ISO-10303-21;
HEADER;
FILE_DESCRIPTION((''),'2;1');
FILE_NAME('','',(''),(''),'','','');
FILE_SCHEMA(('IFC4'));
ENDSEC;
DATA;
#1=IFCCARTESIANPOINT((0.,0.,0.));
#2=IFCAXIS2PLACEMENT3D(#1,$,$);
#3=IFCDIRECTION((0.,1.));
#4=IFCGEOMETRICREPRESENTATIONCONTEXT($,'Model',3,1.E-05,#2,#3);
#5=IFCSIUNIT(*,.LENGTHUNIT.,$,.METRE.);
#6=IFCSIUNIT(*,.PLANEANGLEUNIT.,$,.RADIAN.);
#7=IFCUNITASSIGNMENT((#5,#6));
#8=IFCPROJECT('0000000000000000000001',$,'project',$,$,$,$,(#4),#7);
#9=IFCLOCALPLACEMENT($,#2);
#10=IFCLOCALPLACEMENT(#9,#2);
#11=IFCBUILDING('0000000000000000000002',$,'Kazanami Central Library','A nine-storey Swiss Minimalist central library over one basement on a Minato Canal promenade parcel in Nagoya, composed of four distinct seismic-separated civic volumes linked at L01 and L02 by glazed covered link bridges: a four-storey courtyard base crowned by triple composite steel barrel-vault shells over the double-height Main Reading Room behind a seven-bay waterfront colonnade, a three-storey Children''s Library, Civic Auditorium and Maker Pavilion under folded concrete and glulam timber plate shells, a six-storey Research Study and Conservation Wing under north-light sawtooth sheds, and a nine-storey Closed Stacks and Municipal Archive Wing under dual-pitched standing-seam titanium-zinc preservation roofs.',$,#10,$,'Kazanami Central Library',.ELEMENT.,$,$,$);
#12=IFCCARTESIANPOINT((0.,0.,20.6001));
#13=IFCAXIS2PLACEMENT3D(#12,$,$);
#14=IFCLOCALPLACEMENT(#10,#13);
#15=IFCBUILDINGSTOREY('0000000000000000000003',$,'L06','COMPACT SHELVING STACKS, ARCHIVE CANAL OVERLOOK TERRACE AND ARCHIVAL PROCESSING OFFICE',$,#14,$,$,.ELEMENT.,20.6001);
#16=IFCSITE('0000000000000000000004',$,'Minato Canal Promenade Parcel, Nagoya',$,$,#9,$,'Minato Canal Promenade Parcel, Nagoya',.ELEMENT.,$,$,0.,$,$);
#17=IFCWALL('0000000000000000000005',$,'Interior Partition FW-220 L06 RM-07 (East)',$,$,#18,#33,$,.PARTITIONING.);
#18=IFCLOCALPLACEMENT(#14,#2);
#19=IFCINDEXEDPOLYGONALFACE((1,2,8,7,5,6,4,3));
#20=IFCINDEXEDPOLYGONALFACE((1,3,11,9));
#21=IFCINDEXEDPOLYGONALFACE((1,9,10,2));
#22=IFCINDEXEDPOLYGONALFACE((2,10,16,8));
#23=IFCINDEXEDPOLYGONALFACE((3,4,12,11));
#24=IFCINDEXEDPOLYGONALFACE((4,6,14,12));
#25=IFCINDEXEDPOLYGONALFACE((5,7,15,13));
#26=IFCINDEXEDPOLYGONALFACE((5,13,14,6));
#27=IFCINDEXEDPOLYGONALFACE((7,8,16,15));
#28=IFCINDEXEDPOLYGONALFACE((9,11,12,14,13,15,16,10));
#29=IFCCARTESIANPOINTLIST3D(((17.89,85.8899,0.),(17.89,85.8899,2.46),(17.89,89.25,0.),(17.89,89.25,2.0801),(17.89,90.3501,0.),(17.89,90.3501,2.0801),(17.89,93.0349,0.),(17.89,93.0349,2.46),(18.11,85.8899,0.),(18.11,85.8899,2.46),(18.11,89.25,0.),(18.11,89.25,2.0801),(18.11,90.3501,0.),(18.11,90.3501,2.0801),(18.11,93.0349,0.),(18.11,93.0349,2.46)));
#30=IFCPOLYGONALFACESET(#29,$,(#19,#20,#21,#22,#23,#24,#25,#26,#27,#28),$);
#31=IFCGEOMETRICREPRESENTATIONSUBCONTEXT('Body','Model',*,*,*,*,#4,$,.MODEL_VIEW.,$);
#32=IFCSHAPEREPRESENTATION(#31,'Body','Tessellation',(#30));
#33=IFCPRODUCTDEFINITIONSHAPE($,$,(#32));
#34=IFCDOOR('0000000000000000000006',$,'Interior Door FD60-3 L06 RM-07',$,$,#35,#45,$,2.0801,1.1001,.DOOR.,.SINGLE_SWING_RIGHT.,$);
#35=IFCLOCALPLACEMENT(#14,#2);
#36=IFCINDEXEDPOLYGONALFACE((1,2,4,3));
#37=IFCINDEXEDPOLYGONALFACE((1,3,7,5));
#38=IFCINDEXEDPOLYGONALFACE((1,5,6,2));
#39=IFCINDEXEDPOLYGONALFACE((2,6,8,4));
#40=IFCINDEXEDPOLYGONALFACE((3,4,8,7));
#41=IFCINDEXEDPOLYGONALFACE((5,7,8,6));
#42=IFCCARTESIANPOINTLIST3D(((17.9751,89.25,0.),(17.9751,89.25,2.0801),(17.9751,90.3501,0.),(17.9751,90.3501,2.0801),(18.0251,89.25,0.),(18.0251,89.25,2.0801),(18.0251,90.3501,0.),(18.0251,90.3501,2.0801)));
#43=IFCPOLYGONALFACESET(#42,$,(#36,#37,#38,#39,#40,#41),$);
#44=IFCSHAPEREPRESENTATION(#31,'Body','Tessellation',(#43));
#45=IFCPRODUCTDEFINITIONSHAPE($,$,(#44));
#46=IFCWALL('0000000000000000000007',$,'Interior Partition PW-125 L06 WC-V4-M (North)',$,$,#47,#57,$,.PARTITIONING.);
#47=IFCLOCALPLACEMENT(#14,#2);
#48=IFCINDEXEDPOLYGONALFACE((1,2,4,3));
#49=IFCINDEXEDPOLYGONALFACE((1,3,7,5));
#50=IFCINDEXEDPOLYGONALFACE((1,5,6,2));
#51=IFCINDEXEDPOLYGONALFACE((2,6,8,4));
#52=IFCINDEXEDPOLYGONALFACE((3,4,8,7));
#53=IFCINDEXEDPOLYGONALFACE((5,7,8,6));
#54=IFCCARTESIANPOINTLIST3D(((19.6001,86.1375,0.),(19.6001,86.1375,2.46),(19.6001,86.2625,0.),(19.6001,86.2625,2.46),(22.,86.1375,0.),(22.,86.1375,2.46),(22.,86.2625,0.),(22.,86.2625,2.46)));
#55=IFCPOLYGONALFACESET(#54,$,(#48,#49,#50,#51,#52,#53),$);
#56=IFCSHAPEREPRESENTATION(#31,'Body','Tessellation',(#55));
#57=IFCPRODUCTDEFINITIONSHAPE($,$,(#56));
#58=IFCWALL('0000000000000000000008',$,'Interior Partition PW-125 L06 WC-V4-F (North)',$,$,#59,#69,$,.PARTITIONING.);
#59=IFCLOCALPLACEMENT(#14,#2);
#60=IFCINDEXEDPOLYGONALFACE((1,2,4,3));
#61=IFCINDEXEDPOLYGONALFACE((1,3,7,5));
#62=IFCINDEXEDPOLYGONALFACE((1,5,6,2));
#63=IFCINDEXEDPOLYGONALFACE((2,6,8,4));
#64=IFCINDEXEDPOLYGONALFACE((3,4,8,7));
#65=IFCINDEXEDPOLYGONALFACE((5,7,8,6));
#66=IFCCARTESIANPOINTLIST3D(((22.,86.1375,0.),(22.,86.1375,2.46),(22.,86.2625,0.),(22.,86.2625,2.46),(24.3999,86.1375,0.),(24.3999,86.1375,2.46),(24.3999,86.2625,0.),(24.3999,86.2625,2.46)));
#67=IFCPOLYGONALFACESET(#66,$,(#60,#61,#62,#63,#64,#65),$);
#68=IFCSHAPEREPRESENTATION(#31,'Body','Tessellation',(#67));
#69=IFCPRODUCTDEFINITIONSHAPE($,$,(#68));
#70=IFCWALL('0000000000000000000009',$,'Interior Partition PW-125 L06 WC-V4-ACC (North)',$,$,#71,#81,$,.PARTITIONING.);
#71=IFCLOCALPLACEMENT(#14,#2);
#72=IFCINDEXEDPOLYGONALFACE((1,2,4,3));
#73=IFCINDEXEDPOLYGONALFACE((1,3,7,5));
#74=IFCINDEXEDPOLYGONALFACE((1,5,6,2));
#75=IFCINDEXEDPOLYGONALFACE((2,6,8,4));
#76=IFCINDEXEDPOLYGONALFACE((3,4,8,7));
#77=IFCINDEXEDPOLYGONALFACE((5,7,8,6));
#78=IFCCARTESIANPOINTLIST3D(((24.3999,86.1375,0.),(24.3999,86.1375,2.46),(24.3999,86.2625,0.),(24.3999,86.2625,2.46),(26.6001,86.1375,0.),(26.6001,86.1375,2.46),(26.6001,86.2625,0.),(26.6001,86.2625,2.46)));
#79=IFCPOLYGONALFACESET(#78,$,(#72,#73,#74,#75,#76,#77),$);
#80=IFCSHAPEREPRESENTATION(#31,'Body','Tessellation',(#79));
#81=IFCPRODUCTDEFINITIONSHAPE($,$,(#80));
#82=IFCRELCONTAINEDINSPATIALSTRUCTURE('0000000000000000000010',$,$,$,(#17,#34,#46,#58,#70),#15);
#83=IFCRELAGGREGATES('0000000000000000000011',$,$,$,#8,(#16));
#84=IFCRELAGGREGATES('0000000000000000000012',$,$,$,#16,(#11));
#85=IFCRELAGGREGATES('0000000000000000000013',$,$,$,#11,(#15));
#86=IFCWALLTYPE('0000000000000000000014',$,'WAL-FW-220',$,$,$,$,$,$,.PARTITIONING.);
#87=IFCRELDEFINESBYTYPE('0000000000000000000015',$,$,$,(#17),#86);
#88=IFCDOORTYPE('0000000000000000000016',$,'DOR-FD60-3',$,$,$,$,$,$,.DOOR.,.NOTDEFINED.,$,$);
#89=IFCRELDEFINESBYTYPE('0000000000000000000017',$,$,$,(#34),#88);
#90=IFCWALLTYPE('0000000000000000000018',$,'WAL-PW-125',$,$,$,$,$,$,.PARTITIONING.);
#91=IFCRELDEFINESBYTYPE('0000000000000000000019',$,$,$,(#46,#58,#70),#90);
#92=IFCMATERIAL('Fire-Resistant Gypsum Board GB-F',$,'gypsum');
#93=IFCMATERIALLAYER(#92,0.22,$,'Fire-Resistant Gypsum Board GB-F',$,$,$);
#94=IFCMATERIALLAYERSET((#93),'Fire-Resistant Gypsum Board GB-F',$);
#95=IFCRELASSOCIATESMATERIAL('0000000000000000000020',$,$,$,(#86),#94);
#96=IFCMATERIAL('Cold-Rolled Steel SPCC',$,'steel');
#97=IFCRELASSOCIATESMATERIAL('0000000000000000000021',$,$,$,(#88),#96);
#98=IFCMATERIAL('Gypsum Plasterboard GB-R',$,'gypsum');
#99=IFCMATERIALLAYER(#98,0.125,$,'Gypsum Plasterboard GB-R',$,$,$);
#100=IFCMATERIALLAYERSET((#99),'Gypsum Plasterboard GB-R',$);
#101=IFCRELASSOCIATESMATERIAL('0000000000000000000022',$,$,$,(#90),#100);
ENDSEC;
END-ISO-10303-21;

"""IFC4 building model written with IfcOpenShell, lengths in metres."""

from ifc_helpers import new_model, si_unit, direction, frame, frame_2d, origin, place, context, subcontext, project, spatial, rectangle, extrude, material, layer, layer_set, type_object, element, fill, save


model = new_model("IFC4")

# Units and contexts
model_context = context("Model", 3, precision=1e-05, world=origin(), true_north=direction((0.0, 1.0)))
body_context = subcontext(model_context, "Body", "Model", "MODEL_VIEW")
ifc_project = project(units=[si_unit("LENGTHUNIT", "METRE"), si_unit("PLANEANGLEUNIT", "RADIAN")], contexts=[model_context])

# Site, building, storey
site_placement = place(None, origin())
site = spatial("IfcSite", under=ifc_project, at=site_placement, Name="Minato Canal Promenade Parcel, Nagoya", LongName="Minato Canal Promenade Parcel, Nagoya", CompositionType="ELEMENT", RefElevation=0.0)
building_placement = place(site_placement, origin())
building = spatial("IfcBuilding", under=site, at=building_placement, Name="Kazanami Central Library", Description="A nine-storey Swiss Minimalist central library over one basement on a Minato Canal promenade parcel in Nagoya, composed of four distinct seismic-separated civic volumes linked at L01 and L02 by glazed covered link bridges: a four-storey courtyard base crowned by triple composite steel barrel-vault shells over the double-height Main Reading Room behind a seven-bay waterfront colonnade, a three-storey Children's Library, Civic Auditorium and Maker Pavilion under folded concrete and glulam timber plate shells, a six-storey Research Study and Conservation Wing under north-light sawtooth sheds, and a nine-storey Closed Stacks and Municipal Archive Wing under dual-pitched standing-seam titanium-zinc preservation roofs.", LongName="Kazanami Central Library", CompositionType="ELEMENT")
storey_placement = place(building_placement, frame((0.0, 0.0, 20.6001)))
storey = spatial("IfcBuildingStorey", under=building, at=storey_placement, Name="L06", Description="COMPACT SHELVING STACKS, ARCHIVE CANAL OVERLOOK TERRACE AND ARCHIVAL PROCESSING OFFICE", CompositionType="ELEMENT", Elevation=20.6001)

# Shared definitions
ifc_material_1 = material(Name="Fire-Resistant Gypsum Board GB-F", Category="gypsum")

# Wall, opening, door
ifc_material_2 = material(Name="Cold-Rolled Steel SPCC", Category="steel")
ifc_layer_1 = layer(ifc_material_1, 0.22, Name="Fire-Resistant Gypsum Board GB-F")
ifc_layer_set_1 = layer_set([ifc_layer_1], Name="Fire-Resistant Gypsum Board GB-F")
wall_type_1 = type_object("IfcWallType", Name="WAL-FW-220", PredefinedType="PARTITIONING", material=ifc_layer_set_1)
wall_1_placement = place(storey_placement, frame((18.0, 85.8899, 0.0), z_axis=(0.0, 0.0, 1.0), x_axis=(0.0, 1.0, 0.0)))
wall_1 = element("IfcWall", 1, at=wall_1_placement, inside=storey, type_object=wall_type_1, Name="Interior Partition FW-220 L06 RM-07 (East)", PredefinedType="PARTITIONING", context=body_context, shape_type="SweptSolid", body=[
    extrude(rectangle(XDim=7.145, YDim=0.22, at=frame_2d((3.5725, 0.0))), origin(), (0.0, 0.0, 1.0), 2.46),
])
opening_1_placement = place(wall_1_placement, frame((3.3601, 0.0, 0.0)))
opening_1 = element("IfcOpeningElement", 2, at=opening_1_placement, cuts=wall_1, PredefinedType="OPENING", context=body_context, shape_type="SweptSolid", body=[
    extrude(rectangle(XDim=1.1001, YDim=2.0801, at=frame_2d((0.55, 1.04))), frame((0.0, 0.1221, 0.0), z_axis=(0.0, -1.0, 0.0), x_axis=(1.0, 0.0, 0.0)), (0.0, 0.0, 1.0), 0.2439),
])
door_type_1 = type_object("IfcDoorType", Name="DOR-FD60-3", OperationType="NOTDEFINED", PredefinedType="DOOR", material=ifc_material_2)
door_1_placement = place(opening_1_placement, origin())
door_1 = element("IfcDoor", 3, at=door_1_placement, inside=storey, type_object=door_type_1, Name="Interior Door FD60-3 L06 RM-07", OperationType="SINGLE_SWING_RIGHT", OverallHeight=2.0801, OverallWidth=1.1001, PredefinedType="DOOR", context=body_context, shape_type="SweptSolid", body=[
    extrude(rectangle(XDim=1.1001, YDim=2.0801, at=frame_2d((0.55, 1.04))), frame((0.0, 0.0249, 0.0), z_axis=(0.0, -1.0, 0.0), x_axis=(1.0, 0.0, 0.0)), (0.0, 0.0, 1.0), 0.05),
])
fill(opening_1, door_1)

# Walls
ifc_material_3 = material(Name="Gypsum Plasterboard GB-R", Category="gypsum")
ifc_layer_2 = layer(ifc_material_3, 0.125, Name="Gypsum Plasterboard GB-R")
ifc_layer_set_2 = layer_set([ifc_layer_2], Name="Gypsum Plasterboard GB-R")
wall_type_2 = type_object("IfcWallType", Name="WAL-PW-125", PredefinedType="PARTITIONING", material=ifc_layer_set_2)
for number, where, z_axis, x_axis, name in (
    (4, (19.6001, 86.2, 0.0), (0.0, 0.0, 1.0), (1.0, 0.0, 0.0), "Interior Partition PW-125 L06 WC-V4-M (North)"),
    (5, (22.0, 86.2, 0.0), (0.0, 0.0, 1.0), (1.0, 0.0, 0.0), "Interior Partition PW-125 L06 WC-V4-F (North)"),
):
    element("IfcWall", number, at=place(storey_placement, frame(where, z_axis=z_axis, x_axis=x_axis)), inside=storey, type_object=wall_type_2, Name=name, PredefinedType="PARTITIONING", context=body_context, shape_type="SweptSolid", body=[
        extrude(rectangle(XDim=2.3999, YDim=0.125, at=frame_2d((1.2, 0.0))), origin(), (0.0, 0.0, 1.0), 2.46),
    ])
wall_2_placement = place(storey_placement, frame((24.3999, 86.2, 0.0), z_axis=(0.0, 0.0, 1.0), x_axis=(1.0, 0.0, 0.0)))
element("IfcWall", 6, at=wall_2_placement, inside=storey, type_object=wall_type_2, Name="Interior Partition PW-125 L06 WC-V4-ACC (North)", PredefinedType="PARTITIONING", context=body_context, shape_type="SweptSolid", body=[
    extrude(rectangle(XDim=2.2002, YDim=0.125, at=frame_2d((1.1001, 0.0))), origin(), (0.0, 0.0, 1.0), 2.46),
])

save(model, "model.ifc")
